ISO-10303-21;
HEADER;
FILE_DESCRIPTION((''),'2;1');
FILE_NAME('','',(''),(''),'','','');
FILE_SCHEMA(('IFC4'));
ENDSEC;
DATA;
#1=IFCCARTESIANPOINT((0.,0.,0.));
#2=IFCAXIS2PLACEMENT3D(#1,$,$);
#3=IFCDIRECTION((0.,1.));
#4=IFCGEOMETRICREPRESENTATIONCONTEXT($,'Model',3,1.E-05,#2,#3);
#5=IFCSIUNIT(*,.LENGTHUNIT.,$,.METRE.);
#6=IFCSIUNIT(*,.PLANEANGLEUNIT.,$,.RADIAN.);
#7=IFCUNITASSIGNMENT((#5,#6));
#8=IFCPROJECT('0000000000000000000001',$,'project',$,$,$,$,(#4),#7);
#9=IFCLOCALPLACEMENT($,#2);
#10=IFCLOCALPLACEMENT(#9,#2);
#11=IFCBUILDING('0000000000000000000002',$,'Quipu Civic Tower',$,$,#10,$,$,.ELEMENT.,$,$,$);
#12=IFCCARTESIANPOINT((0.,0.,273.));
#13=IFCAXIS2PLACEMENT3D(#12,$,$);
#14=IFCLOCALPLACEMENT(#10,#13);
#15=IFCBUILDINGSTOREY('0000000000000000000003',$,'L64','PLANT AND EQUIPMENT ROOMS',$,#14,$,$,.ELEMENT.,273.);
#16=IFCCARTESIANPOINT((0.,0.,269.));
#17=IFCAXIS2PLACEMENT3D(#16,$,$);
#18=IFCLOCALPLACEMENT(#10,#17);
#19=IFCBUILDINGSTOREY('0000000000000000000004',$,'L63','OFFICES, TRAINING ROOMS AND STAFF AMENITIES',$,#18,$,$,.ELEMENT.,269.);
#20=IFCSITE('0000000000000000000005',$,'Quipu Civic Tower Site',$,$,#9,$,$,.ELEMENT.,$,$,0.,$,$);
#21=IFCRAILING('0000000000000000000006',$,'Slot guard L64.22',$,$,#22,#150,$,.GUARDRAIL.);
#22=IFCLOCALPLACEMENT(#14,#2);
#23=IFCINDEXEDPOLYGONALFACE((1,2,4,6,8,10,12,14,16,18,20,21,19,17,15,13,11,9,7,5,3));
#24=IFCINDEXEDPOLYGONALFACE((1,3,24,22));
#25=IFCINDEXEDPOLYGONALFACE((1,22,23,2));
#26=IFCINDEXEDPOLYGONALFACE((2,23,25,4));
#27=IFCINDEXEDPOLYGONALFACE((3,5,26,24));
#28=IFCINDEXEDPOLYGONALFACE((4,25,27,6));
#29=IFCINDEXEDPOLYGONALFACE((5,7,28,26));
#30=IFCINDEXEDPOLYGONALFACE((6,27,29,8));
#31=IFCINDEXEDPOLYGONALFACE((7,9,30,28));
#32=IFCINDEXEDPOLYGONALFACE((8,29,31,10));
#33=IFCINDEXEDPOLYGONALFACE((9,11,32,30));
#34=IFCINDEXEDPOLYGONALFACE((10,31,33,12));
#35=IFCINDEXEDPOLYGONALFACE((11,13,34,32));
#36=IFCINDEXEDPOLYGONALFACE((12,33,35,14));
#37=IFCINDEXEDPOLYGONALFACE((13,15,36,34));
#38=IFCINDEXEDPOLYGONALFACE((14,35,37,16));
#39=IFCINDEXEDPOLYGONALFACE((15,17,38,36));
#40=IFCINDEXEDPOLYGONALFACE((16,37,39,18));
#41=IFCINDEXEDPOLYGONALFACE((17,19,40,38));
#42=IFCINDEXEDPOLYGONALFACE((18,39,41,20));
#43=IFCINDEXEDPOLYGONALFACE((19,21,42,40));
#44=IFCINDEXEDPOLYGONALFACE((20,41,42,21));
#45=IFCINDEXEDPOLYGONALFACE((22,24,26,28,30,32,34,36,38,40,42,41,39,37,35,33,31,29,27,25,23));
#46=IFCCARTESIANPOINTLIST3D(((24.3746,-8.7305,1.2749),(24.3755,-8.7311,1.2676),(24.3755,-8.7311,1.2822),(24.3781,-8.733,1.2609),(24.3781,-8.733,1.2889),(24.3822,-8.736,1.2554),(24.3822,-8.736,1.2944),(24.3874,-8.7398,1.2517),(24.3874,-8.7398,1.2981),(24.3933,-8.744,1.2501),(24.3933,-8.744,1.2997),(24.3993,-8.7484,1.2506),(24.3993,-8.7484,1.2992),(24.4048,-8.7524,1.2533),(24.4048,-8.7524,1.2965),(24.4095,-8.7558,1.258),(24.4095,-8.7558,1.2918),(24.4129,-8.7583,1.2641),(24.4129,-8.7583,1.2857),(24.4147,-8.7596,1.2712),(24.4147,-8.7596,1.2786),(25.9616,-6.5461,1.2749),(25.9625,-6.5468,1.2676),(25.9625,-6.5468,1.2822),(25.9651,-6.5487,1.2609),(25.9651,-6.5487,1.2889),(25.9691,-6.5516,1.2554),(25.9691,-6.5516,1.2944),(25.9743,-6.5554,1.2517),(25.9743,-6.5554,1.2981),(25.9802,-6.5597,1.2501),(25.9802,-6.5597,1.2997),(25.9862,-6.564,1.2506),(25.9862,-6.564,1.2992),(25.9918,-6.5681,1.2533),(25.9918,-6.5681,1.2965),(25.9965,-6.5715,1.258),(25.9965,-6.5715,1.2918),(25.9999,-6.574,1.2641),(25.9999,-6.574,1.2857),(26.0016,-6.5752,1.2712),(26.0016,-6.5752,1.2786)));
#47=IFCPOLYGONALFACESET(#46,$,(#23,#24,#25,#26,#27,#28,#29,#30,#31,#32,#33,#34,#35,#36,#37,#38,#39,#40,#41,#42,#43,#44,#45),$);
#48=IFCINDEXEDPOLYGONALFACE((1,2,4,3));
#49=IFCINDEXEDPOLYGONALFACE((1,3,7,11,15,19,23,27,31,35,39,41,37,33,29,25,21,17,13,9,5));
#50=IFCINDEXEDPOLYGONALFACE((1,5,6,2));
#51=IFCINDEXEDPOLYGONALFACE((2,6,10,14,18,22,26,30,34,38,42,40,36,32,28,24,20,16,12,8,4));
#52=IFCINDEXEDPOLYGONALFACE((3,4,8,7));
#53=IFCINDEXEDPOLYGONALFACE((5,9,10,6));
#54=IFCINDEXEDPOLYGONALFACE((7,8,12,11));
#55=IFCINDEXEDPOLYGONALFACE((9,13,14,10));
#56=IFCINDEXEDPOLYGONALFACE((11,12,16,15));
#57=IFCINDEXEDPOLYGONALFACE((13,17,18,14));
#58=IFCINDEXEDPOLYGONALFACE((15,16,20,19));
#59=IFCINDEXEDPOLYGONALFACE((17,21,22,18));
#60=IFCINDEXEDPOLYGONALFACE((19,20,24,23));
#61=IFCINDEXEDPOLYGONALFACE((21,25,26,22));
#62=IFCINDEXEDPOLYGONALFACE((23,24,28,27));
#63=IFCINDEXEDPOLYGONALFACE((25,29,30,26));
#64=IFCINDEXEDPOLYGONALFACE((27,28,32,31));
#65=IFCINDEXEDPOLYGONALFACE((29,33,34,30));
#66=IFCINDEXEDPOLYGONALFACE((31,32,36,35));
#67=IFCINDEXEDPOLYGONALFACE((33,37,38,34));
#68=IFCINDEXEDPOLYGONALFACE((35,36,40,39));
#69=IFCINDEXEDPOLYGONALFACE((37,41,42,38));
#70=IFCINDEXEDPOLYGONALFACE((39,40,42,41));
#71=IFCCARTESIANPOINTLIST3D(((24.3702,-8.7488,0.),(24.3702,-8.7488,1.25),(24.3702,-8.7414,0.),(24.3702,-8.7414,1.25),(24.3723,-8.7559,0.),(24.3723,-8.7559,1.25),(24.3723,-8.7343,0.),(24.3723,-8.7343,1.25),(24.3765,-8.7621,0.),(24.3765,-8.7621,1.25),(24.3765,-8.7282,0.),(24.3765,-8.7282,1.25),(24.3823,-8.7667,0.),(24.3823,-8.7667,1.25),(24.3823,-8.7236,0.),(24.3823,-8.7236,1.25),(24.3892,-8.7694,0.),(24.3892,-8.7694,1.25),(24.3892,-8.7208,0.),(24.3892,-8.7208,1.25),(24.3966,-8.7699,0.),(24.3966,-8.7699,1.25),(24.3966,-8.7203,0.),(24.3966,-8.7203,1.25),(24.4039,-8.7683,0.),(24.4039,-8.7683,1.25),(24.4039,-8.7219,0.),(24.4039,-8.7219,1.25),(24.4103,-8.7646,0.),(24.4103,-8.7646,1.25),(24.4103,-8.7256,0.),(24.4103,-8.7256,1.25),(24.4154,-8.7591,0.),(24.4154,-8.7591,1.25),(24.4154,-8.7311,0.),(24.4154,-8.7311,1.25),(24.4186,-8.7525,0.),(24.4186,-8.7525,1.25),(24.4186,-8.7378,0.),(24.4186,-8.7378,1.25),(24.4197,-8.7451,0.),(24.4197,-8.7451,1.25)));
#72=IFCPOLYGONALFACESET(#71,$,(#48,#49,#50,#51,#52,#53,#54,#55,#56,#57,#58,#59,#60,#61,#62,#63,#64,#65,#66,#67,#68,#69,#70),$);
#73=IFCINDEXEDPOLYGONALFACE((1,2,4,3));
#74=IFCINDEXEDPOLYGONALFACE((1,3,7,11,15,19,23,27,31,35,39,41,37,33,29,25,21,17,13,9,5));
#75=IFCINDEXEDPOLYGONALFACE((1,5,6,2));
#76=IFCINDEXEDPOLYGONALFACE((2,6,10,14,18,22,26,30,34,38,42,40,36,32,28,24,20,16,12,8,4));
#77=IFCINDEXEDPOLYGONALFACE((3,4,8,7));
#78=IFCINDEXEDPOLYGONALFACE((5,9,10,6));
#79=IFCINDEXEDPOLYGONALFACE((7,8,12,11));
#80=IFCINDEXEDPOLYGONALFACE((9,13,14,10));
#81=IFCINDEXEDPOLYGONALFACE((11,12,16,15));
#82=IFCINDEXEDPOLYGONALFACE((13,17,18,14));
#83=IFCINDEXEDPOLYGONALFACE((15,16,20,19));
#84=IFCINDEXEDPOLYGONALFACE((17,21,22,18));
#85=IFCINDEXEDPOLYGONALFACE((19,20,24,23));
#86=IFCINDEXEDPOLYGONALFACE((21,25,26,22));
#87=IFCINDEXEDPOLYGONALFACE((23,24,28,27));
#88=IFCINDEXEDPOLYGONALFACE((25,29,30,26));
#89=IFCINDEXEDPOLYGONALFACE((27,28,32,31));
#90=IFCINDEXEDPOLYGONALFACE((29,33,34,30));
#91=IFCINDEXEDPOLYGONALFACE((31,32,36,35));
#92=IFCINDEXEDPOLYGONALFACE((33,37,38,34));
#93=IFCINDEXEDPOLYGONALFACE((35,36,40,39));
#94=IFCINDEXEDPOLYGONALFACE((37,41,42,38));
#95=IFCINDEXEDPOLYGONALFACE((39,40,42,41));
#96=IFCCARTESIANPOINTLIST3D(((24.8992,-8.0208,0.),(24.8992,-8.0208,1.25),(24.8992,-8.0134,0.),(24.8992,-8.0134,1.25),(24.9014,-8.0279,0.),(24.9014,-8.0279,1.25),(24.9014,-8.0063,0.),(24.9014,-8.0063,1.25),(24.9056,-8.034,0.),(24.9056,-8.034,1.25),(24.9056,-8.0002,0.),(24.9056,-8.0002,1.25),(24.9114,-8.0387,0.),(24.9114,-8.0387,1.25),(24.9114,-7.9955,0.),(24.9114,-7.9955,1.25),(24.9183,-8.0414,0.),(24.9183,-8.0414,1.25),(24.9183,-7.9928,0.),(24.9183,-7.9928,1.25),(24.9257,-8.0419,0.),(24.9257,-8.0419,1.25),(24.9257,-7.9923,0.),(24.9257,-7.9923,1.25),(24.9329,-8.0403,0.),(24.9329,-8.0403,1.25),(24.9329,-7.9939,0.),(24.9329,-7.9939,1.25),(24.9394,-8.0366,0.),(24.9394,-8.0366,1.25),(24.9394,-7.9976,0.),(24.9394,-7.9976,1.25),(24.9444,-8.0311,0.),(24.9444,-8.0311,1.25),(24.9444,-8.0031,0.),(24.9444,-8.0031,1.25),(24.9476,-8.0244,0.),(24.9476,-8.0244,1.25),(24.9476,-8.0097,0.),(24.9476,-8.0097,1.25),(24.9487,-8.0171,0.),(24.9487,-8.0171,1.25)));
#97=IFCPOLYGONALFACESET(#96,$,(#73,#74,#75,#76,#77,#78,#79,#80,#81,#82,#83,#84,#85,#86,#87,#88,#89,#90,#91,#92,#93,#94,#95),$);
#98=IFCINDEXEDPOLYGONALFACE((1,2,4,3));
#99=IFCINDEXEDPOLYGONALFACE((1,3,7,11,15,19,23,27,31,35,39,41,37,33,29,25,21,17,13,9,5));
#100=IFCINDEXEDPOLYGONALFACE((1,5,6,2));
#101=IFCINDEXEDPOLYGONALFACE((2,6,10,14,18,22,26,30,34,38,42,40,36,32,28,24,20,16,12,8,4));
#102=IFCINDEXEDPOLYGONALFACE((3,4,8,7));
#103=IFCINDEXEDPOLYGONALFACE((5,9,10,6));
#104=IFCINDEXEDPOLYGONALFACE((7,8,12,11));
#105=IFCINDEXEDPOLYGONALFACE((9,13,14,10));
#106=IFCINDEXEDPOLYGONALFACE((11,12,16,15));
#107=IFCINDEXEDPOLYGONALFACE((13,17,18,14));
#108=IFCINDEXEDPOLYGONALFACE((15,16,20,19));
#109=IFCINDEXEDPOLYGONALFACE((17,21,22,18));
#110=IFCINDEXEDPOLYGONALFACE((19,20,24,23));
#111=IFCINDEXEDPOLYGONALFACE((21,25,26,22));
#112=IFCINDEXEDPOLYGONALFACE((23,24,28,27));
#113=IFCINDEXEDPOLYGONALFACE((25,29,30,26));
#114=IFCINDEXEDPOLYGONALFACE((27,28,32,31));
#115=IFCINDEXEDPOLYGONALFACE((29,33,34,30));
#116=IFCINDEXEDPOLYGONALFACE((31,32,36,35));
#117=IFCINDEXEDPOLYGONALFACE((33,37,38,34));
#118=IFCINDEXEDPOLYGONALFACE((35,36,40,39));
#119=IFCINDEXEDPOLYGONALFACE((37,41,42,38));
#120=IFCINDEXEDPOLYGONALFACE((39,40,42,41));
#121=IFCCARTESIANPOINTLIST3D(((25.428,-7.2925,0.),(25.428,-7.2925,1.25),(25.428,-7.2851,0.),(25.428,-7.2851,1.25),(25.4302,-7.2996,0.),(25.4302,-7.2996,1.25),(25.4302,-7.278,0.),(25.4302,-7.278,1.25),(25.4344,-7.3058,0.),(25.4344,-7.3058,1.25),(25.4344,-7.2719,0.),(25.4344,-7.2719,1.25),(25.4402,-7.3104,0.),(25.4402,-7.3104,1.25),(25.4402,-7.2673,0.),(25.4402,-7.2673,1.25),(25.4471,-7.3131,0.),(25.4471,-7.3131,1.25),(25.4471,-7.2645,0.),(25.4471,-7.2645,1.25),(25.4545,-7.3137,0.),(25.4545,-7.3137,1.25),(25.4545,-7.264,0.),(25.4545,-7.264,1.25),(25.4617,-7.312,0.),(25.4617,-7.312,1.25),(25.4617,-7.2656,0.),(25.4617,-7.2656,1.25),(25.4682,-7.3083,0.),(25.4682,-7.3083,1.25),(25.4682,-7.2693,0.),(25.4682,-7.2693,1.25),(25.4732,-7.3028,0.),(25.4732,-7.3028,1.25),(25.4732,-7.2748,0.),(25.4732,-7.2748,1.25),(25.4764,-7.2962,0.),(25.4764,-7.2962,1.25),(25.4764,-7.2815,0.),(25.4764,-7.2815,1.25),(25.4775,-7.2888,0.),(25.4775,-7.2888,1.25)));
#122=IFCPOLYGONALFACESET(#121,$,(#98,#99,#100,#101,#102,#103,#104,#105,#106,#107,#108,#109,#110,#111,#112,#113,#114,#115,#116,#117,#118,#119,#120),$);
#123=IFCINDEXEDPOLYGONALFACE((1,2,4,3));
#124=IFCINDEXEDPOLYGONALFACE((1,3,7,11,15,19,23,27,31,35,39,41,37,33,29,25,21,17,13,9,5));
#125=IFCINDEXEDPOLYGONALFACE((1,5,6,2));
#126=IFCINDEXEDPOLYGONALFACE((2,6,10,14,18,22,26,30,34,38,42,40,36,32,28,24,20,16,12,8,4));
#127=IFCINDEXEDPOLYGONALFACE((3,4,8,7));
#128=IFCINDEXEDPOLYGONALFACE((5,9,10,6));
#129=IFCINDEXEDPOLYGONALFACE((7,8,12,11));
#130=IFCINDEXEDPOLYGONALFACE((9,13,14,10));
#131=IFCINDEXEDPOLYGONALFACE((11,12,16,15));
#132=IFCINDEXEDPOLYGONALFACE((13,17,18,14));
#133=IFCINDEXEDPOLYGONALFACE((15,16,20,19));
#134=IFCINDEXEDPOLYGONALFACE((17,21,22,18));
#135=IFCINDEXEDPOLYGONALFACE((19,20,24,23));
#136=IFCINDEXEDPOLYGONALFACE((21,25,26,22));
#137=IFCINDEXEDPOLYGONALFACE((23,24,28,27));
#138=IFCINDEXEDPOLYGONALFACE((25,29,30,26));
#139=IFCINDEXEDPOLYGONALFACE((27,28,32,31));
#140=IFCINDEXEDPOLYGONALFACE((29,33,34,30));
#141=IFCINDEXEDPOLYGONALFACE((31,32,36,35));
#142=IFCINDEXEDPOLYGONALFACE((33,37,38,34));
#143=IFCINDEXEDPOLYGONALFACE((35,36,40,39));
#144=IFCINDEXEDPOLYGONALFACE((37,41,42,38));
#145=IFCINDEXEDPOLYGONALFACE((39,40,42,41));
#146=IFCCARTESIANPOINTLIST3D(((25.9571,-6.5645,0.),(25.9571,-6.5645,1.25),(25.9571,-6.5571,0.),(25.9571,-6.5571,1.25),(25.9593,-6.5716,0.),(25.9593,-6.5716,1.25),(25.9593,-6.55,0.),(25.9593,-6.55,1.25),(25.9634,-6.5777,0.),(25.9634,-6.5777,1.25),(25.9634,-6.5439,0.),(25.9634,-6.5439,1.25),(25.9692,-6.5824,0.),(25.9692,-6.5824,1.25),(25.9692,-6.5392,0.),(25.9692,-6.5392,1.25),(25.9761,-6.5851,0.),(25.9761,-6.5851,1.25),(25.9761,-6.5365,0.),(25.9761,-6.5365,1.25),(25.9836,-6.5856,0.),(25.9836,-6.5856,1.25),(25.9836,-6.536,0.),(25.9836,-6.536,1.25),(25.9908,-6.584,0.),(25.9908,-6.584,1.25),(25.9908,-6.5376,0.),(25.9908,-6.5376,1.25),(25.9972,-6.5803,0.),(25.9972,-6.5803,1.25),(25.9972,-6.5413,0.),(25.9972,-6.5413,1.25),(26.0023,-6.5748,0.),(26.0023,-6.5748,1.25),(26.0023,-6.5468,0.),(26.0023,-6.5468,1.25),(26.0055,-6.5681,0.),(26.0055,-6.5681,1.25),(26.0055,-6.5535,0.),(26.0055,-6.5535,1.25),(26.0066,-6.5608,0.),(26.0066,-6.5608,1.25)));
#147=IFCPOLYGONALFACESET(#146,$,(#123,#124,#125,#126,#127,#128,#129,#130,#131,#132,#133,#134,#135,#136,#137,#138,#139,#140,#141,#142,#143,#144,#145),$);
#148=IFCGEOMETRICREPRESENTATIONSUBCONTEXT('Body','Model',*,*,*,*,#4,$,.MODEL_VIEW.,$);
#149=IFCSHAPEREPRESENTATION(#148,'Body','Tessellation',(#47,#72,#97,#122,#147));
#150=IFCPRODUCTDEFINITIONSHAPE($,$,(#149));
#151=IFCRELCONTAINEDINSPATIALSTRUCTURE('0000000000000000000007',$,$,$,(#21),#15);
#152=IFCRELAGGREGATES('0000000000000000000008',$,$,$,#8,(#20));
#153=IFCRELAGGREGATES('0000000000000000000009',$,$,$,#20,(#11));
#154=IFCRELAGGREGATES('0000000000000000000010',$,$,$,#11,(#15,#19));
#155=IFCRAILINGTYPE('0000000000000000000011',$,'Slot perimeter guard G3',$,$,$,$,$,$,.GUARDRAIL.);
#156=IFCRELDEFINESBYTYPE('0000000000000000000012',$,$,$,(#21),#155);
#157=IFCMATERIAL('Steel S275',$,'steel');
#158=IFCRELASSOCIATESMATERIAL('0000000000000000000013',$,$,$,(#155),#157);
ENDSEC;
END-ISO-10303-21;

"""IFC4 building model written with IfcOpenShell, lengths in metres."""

from ifc_helpers import new_model, si_unit, direction, frame, origin, origin_2d, place, context, subcontext, project, spatial, circle, extrude, material, type_object, element, save


model = new_model("IFC4")

# Units and contexts
model_context = context("Model", 3, precision=1e-05, world=origin(), true_north=direction((0.0, 1.0)))
body_context = subcontext(model_context, "Body", "Model", "MODEL_VIEW")
ifc_project = project(units=[si_unit("LENGTHUNIT", "METRE"), si_unit("PLANEANGLEUNIT", "RADIAN")], contexts=[model_context])

# Site, building, storey
site_placement = place(None, origin())
site = spatial("IfcSite", under=ifc_project, at=site_placement, Name="Quipu Civic Tower Site", CompositionType="ELEMENT", RefElevation=0.0)
building_placement = place(site_placement, origin())
building = spatial("IfcBuilding", under=site, at=building_placement, Name="Quipu Civic Tower", CompositionType="ELEMENT")
storey_1_placement = place(building_placement, frame((0.0, 0.0, 273.0)))
storey_1 = spatial("IfcBuildingStorey", under=building, at=storey_1_placement, Name="L64", Description="PLANT AND EQUIPMENT ROOMS", CompositionType="ELEMENT", Elevation=273.0)

# Shared definitions
storey_2_placement = place(building_placement, frame((0.0, 0.0, 269.0)))
storey_2 = spatial("IfcBuildingStorey", under=building, at=storey_2_placement, Name="L63", Description="OFFICES, TRAINING ROOMS AND STAFF AMENITIES", CompositionType="ELEMENT", Elevation=269.0)

# Railing
ifc_material_1 = material(Name="Steel S275", Category="steel")
railing_type = type_object("IfcRailingType", Name="Slot perimeter guard G3", PredefinedType="GUARDRAIL", material=ifc_material_1)
railing_1_placement = place(storey_1_placement, frame((24.3948, -8.7451, 0.0)))
element("IfcRailing", 1, at=railing_1_placement, inside=storey_1, type_object=railing_type, Name="Slot guard L64.22", PredefinedType="GUARDRAIL", context=body_context, shape_type="SweptSolid", body=[
    extrude(circle(Radius=0.0249, at=origin_2d()), frame((0.0, 0.0, 1.2749), z_axis=(0.587763, 0.809033, 0.0), x_axis=(-0.809033, 0.587763, 0.0)), (0.0, 0.0, 1.0), 2.7),
    extrude(circle(Radius=0.0249, at=origin_2d()), origin(), (0.0, 0.0, 1.0), 1.25),
    extrude(circle(Radius=0.0249, at=origin_2d()), frame((0.5291, 0.728, 0.0)), (0.0, 0.0, 1.0), 1.25),
    extrude(circle(Radius=0.0249, at=origin_2d()), frame((1.0579, 1.4563, 0.0)), (0.0, 0.0, 1.0), 1.25),
    extrude(circle(Radius=0.0249, at=origin_2d()), frame((1.5869, 2.1843, 0.0)), (0.0, 0.0, 1.0), 1.25),
])

save(model, "model.ifc")
